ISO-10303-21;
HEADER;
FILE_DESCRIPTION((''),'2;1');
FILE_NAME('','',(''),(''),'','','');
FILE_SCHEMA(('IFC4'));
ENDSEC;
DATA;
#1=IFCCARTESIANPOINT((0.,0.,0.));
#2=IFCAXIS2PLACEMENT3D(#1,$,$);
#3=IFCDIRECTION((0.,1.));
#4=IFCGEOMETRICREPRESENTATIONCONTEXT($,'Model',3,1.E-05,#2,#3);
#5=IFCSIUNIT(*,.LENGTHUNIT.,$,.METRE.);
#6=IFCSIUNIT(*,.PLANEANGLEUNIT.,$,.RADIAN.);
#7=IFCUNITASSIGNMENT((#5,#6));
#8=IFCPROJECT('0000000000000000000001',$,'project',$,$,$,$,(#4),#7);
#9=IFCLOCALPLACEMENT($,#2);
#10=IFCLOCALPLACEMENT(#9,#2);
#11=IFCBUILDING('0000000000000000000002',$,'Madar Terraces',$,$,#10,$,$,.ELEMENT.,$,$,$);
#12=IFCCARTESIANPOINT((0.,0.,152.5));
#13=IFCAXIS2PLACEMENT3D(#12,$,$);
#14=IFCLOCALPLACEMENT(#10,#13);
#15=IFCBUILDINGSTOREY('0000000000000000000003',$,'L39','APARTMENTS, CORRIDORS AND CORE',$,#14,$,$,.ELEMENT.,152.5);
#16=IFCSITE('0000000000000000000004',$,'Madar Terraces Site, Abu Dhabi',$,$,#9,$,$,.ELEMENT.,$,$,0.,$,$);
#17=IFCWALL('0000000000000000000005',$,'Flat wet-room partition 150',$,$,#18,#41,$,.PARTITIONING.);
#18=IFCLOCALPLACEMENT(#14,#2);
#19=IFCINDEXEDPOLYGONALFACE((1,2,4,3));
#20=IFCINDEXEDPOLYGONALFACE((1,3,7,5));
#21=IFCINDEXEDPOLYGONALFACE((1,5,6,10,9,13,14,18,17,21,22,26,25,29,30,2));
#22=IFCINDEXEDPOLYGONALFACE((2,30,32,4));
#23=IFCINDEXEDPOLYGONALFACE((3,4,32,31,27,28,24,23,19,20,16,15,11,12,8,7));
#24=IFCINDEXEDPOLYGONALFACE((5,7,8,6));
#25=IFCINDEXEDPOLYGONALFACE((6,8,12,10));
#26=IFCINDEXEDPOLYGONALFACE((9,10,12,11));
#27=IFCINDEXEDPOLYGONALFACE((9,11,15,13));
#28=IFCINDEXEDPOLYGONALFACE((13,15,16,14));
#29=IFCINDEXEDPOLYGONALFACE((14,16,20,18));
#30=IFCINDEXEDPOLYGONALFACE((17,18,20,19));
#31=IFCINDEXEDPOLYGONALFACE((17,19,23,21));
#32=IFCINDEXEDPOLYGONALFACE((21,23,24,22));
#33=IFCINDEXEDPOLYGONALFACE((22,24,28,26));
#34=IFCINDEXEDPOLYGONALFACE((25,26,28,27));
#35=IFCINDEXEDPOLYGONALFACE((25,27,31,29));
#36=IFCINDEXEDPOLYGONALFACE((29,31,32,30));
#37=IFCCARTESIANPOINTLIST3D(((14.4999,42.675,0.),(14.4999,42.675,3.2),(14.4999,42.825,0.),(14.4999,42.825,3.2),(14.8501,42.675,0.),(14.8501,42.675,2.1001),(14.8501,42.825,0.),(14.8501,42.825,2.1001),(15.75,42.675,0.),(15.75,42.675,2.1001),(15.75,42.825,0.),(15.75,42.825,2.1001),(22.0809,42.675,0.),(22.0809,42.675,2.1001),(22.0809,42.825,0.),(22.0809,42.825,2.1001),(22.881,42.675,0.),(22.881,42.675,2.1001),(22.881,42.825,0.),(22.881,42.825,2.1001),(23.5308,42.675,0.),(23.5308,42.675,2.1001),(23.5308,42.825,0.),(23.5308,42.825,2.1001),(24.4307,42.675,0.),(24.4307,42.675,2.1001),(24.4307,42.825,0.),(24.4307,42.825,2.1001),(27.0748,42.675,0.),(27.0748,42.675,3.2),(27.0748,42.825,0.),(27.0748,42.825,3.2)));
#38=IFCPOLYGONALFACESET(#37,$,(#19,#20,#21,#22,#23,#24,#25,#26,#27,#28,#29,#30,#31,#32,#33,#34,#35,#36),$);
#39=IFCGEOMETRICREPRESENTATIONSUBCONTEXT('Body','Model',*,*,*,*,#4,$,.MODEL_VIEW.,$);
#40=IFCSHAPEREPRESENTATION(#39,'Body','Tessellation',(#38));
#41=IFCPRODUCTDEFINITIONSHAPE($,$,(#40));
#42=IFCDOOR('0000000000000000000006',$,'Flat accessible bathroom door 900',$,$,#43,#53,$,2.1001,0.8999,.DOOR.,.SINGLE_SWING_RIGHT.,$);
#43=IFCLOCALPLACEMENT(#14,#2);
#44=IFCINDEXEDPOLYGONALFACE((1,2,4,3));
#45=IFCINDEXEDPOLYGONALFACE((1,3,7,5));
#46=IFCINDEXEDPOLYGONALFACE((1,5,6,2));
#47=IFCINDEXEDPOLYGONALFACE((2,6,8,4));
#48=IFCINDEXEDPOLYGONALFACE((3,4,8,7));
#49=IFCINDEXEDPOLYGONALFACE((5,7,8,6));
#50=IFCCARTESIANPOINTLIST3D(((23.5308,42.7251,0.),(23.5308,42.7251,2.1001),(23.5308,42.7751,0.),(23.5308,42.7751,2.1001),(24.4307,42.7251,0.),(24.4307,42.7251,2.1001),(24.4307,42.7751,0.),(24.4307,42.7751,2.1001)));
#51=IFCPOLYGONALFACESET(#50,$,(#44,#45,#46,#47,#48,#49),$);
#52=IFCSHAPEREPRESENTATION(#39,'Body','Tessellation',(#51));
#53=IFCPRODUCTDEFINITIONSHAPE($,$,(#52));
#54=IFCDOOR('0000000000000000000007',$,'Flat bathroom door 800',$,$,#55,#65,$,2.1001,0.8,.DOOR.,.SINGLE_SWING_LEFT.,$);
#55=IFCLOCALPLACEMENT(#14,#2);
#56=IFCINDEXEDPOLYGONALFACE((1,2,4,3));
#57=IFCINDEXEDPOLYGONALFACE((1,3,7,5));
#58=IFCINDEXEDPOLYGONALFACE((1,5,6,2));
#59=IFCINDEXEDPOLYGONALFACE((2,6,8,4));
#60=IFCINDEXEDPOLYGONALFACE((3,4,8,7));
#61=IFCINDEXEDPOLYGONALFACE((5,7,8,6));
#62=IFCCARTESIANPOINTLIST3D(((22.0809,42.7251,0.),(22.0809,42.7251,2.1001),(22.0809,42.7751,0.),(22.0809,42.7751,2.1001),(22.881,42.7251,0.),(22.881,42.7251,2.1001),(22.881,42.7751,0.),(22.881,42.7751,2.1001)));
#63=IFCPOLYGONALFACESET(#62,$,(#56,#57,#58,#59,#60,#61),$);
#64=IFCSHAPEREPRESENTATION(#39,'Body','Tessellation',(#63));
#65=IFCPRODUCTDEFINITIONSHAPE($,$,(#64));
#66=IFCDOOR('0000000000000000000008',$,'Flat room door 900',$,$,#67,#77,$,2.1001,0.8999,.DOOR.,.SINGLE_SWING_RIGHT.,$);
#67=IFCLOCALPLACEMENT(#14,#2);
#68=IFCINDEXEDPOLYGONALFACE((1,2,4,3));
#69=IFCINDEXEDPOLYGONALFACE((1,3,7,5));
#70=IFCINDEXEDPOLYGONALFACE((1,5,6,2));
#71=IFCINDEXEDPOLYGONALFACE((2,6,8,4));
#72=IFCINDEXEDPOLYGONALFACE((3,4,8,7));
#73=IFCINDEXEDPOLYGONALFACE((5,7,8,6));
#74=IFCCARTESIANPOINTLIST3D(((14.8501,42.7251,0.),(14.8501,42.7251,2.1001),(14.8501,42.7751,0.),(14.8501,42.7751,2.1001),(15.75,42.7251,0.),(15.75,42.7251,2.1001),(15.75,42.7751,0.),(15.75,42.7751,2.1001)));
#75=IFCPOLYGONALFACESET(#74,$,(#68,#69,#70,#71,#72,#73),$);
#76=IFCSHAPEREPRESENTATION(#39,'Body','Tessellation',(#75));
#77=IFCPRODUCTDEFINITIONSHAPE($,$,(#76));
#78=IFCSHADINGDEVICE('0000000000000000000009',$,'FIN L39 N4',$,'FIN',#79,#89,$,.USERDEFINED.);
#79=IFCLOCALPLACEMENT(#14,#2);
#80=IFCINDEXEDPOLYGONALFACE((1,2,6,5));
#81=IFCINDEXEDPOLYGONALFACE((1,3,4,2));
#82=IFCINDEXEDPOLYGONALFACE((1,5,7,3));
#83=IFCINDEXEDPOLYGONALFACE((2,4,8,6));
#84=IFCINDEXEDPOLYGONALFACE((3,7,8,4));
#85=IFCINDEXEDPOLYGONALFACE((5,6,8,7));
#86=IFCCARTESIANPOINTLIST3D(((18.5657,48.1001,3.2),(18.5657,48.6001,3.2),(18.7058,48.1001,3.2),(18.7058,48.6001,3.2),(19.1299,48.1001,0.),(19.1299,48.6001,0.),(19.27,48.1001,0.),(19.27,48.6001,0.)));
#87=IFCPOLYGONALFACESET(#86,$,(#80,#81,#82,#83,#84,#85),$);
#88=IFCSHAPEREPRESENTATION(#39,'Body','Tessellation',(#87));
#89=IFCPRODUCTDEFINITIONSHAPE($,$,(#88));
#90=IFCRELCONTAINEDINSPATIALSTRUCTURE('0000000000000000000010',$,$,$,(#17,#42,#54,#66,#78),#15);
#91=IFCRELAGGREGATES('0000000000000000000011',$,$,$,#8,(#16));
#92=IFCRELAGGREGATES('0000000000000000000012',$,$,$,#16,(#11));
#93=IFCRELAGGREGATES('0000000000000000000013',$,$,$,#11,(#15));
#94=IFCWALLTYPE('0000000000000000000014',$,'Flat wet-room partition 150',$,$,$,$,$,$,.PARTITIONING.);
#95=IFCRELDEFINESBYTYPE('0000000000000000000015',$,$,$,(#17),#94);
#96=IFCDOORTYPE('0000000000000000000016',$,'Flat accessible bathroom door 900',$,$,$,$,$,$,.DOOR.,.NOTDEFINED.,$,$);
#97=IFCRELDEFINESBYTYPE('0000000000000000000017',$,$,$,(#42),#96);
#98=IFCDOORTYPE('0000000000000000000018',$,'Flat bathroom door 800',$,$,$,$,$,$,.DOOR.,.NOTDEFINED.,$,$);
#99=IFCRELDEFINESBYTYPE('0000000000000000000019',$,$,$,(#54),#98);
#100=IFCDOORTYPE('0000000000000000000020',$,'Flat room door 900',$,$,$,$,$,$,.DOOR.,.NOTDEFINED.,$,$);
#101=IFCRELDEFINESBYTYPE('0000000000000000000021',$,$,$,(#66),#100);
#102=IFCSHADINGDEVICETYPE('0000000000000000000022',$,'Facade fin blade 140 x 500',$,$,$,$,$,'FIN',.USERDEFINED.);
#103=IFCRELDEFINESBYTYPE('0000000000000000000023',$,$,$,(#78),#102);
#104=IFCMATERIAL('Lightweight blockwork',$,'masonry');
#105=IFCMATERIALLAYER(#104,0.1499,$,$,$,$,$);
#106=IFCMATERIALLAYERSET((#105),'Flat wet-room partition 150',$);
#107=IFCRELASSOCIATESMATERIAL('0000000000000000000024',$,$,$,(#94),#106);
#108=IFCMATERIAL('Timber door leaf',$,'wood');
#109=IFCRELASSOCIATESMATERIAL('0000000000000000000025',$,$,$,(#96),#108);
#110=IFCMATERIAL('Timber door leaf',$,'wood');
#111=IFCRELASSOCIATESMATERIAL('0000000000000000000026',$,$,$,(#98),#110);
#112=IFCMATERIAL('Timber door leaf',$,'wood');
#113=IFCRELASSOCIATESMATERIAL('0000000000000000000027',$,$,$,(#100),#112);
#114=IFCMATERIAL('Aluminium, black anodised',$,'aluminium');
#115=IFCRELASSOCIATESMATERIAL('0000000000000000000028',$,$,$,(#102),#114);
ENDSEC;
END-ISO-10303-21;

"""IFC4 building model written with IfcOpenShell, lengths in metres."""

from ifc_helpers import new_model, si_unit, direction, frame, frame_2d, origin, place, context, subcontext, project, spatial, polyline, rectangle, outline, extrude, material, layer, layer_set, type_object, element, fill, save


model = new_model("IFC4")

# Units and contexts
model_context = context("Model", 3, precision=1e-05, world=origin(), true_north=direction((0.0, 1.0)))
body_context = subcontext(model_context, "Body", "Model", "MODEL_VIEW")
ifc_project = project(units=[si_unit("LENGTHUNIT", "METRE"), si_unit("PLANEANGLEUNIT", "RADIAN")], contexts=[model_context])

# Site, building, storey
site_placement = place(None, origin())
site = spatial("IfcSite", under=ifc_project, at=site_placement, Name="Madar Terraces Site, Abu Dhabi", CompositionType="ELEMENT", RefElevation=0.0)
building_placement = place(site_placement, origin())
building = spatial("IfcBuilding", under=site, at=building_placement, Name="Madar Terraces", CompositionType="ELEMENT")
storey_placement = place(building_placement, frame((0.0, 0.0, 152.5)))
storey = spatial("IfcBuildingStorey", under=building, at=storey_placement, Name="L39", Description="APARTMENTS, CORRIDORS AND CORE", CompositionType="ELEMENT", Elevation=152.5)

# Wall, openings, doors
ifc_material_1 = material(Name="Lightweight blockwork", Category="masonry")
ifc_layer_1 = layer(ifc_material_1, 0.1499)
ifc_layer_set_1 = layer_set([ifc_layer_1], Name="Flat wet-room partition 150")
wall_type_1 = type_object("IfcWallType", Name="Flat wet-room partition 150", PredefinedType="PARTITIONING", material=ifc_layer_set_1)
wall_1_placement = place(storey_placement, frame((27.075, 42.75, 0.0), z_axis=(0.0, 0.0, 1.0), x_axis=(-1.0, 0.0, 0.0)))
wall_1 = element("IfcWall", 1, at=wall_1_placement, inside=storey, type_object=wall_type_1, Name="Flat wet-room partition 150", PredefinedType="PARTITIONING", context=body_context, shape_type="SweptSolid", body=[
    extrude(rectangle(XDim=12.575, YDim=0.1499, at=frame_2d((6.2876, 0.0))), origin(), (0.0, 0.0, 1.0), 3.2),
])
opening_1_placement = place(wall_1_placement, frame((2.6443, 0.0, 0.0)))
opening_1 = element("IfcOpeningElement", 2, at=opening_1_placement, cuts=wall_1, PredefinedType="OPENING", context=body_context, shape_type="SweptSolid", body=[
    extrude(rectangle(XDim=0.8999, YDim=2.1001, at=frame_2d((0.45, 1.05))), frame((0.0, 0.085, 0.0), z_axis=(0.0, -1.0, 0.0), x_axis=(1.0, 0.0, 0.0)), (0.0, 0.0, 1.0), 0.1699),
])
opening_2_placement = place(wall_1_placement, frame((4.1941, 0.0, 0.0)))
opening_2 = element("IfcOpeningElement", 3, at=opening_2_placement, cuts=wall_1, PredefinedType="OPENING", context=body_context, shape_type="SweptSolid", body=[
    extrude(rectangle(XDim=0.8, YDim=2.1001, at=frame_2d((0.3999, 1.05))), frame((0.0, 0.085, 0.0), z_axis=(0.0, -1.0, 0.0), x_axis=(1.0, 0.0, 0.0)), (0.0, 0.0, 1.0), 0.1699),
])
opening_3_placement = place(wall_1_placement, frame((11.325, 0.0, 0.0)))
opening_3 = element("IfcOpeningElement", 4, at=opening_3_placement, cuts=wall_1, PredefinedType="OPENING", context=body_context, shape_type="SweptSolid", body=[
    extrude(rectangle(XDim=0.8999, YDim=2.1001, at=frame_2d((0.45, 1.05))), frame((0.0, 0.085, 0.0), z_axis=(0.0, -1.0, 0.0), x_axis=(1.0, 0.0, 0.0)), (0.0, 0.0, 1.0), 0.1699),
])
ifc_material_2 = material(Name="Timber door leaf", Category="wood")
door_type_1 = type_object("IfcDoorType", Name="Flat accessible bathroom door 900", OperationType="NOTDEFINED", PredefinedType="DOOR", material=ifc_material_2)
door_1_placement = place(opening_1_placement, origin())
door_1 = element("IfcDoor", 5, at=door_1_placement, inside=storey, type_object=door_type_1, Name="Flat accessible bathroom door 900", OperationType="SINGLE_SWING_RIGHT", OverallHeight=2.1001, OverallWidth=0.8999, PredefinedType="DOOR", context=body_context, shape_type="SweptSolid", body=[
    extrude(rectangle(XDim=0.8999, YDim=2.1001, at=frame_2d((0.45, 1.05))), frame((0.0, 0.0249, 0.0), z_axis=(0.0, -1.0, 0.0), x_axis=(1.0, 0.0, 0.0)), (0.0, 0.0, 1.0), 0.05),
])
fill(opening_1, door_1)
ifc_material_3 = material(Name="Timber door leaf", Category="wood")
door_type_2 = type_object("IfcDoorType", Name="Flat bathroom door 800", OperationType="NOTDEFINED", PredefinedType="DOOR", material=ifc_material_3)
door_2_placement = place(opening_2_placement, origin())
door_2 = element("IfcDoor", 6, at=door_2_placement, inside=storey, type_object=door_type_2, Name="Flat bathroom door 800", OperationType="SINGLE_SWING_LEFT", OverallHeight=2.1001, OverallWidth=0.8, PredefinedType="DOOR", context=body_context, shape_type="SweptSolid", body=[
    extrude(rectangle(XDim=0.8, YDim=2.1001, at=frame_2d((0.3999, 1.05))), frame((0.0, 0.0249, 0.0), z_axis=(0.0, -1.0, 0.0), x_axis=(1.0, 0.0, 0.0)), (0.0, 0.0, 1.0), 0.05),
])
fill(opening_2, door_2)
ifc_material_4 = material(Name="Timber door leaf", Category="wood")
door_type_3 = type_object("IfcDoorType", Name="Flat room door 900", OperationType="NOTDEFINED", PredefinedType="DOOR", material=ifc_material_4)
door_3_placement = place(opening_3_placement, origin())
door_3 = element("IfcDoor", 7, at=door_3_placement, inside=storey, type_object=door_type_3, Name="Flat room door 900", OperationType="SINGLE_SWING_RIGHT", OverallHeight=2.1001, OverallWidth=0.8999, PredefinedType="DOOR", context=body_context, shape_type="SweptSolid", body=[
    extrude(rectangle(XDim=0.8999, YDim=2.1001, at=frame_2d((0.45, 1.05))), frame((0.0, 0.0249, 0.0), z_axis=(0.0, -1.0, 0.0), x_axis=(1.0, 0.0, 0.0)), (0.0, 0.0, 1.0), 0.05),
])
fill(opening_3, door_3)

# Shading device
ifc_material_5 = material(Name="Aluminium, black anodised", Category="aluminium")
shading_device_type = type_object("IfcShadingDeviceType", Name="Facade fin blade 140 x 500", ElementType="FIN", PredefinedType="USERDEFINED", material=ifc_material_5)
shading_device_placement = place(storey_placement, frame((19.27, 48.3501, 0.0), z_axis=(0.0, 0.0, 1.0), x_axis=(-1.0, 0.0, 0.0)))
element("IfcShadingDevice", 8, at=shading_device_placement, inside=storey, type_object=shading_device_type, Name="FIN L39 N4", ObjectType="FIN", PredefinedType="USERDEFINED", context=body_context, shape_type="SweptSolid", body=[
    extrude(outline(polyline([(0.0, 0.0), (0.1401, 0.0), (0.7043, 3.2), (0.5642, 3.2), (0.0, 0.0)])), frame((0.0, 0.25, 0.0), z_axis=(0.0, -1.0, 0.0), x_axis=(1.0, 0.0, 0.0)), (0.0, 0.0, 1.0), 0.5),
])

save(model, "model.ifc")
